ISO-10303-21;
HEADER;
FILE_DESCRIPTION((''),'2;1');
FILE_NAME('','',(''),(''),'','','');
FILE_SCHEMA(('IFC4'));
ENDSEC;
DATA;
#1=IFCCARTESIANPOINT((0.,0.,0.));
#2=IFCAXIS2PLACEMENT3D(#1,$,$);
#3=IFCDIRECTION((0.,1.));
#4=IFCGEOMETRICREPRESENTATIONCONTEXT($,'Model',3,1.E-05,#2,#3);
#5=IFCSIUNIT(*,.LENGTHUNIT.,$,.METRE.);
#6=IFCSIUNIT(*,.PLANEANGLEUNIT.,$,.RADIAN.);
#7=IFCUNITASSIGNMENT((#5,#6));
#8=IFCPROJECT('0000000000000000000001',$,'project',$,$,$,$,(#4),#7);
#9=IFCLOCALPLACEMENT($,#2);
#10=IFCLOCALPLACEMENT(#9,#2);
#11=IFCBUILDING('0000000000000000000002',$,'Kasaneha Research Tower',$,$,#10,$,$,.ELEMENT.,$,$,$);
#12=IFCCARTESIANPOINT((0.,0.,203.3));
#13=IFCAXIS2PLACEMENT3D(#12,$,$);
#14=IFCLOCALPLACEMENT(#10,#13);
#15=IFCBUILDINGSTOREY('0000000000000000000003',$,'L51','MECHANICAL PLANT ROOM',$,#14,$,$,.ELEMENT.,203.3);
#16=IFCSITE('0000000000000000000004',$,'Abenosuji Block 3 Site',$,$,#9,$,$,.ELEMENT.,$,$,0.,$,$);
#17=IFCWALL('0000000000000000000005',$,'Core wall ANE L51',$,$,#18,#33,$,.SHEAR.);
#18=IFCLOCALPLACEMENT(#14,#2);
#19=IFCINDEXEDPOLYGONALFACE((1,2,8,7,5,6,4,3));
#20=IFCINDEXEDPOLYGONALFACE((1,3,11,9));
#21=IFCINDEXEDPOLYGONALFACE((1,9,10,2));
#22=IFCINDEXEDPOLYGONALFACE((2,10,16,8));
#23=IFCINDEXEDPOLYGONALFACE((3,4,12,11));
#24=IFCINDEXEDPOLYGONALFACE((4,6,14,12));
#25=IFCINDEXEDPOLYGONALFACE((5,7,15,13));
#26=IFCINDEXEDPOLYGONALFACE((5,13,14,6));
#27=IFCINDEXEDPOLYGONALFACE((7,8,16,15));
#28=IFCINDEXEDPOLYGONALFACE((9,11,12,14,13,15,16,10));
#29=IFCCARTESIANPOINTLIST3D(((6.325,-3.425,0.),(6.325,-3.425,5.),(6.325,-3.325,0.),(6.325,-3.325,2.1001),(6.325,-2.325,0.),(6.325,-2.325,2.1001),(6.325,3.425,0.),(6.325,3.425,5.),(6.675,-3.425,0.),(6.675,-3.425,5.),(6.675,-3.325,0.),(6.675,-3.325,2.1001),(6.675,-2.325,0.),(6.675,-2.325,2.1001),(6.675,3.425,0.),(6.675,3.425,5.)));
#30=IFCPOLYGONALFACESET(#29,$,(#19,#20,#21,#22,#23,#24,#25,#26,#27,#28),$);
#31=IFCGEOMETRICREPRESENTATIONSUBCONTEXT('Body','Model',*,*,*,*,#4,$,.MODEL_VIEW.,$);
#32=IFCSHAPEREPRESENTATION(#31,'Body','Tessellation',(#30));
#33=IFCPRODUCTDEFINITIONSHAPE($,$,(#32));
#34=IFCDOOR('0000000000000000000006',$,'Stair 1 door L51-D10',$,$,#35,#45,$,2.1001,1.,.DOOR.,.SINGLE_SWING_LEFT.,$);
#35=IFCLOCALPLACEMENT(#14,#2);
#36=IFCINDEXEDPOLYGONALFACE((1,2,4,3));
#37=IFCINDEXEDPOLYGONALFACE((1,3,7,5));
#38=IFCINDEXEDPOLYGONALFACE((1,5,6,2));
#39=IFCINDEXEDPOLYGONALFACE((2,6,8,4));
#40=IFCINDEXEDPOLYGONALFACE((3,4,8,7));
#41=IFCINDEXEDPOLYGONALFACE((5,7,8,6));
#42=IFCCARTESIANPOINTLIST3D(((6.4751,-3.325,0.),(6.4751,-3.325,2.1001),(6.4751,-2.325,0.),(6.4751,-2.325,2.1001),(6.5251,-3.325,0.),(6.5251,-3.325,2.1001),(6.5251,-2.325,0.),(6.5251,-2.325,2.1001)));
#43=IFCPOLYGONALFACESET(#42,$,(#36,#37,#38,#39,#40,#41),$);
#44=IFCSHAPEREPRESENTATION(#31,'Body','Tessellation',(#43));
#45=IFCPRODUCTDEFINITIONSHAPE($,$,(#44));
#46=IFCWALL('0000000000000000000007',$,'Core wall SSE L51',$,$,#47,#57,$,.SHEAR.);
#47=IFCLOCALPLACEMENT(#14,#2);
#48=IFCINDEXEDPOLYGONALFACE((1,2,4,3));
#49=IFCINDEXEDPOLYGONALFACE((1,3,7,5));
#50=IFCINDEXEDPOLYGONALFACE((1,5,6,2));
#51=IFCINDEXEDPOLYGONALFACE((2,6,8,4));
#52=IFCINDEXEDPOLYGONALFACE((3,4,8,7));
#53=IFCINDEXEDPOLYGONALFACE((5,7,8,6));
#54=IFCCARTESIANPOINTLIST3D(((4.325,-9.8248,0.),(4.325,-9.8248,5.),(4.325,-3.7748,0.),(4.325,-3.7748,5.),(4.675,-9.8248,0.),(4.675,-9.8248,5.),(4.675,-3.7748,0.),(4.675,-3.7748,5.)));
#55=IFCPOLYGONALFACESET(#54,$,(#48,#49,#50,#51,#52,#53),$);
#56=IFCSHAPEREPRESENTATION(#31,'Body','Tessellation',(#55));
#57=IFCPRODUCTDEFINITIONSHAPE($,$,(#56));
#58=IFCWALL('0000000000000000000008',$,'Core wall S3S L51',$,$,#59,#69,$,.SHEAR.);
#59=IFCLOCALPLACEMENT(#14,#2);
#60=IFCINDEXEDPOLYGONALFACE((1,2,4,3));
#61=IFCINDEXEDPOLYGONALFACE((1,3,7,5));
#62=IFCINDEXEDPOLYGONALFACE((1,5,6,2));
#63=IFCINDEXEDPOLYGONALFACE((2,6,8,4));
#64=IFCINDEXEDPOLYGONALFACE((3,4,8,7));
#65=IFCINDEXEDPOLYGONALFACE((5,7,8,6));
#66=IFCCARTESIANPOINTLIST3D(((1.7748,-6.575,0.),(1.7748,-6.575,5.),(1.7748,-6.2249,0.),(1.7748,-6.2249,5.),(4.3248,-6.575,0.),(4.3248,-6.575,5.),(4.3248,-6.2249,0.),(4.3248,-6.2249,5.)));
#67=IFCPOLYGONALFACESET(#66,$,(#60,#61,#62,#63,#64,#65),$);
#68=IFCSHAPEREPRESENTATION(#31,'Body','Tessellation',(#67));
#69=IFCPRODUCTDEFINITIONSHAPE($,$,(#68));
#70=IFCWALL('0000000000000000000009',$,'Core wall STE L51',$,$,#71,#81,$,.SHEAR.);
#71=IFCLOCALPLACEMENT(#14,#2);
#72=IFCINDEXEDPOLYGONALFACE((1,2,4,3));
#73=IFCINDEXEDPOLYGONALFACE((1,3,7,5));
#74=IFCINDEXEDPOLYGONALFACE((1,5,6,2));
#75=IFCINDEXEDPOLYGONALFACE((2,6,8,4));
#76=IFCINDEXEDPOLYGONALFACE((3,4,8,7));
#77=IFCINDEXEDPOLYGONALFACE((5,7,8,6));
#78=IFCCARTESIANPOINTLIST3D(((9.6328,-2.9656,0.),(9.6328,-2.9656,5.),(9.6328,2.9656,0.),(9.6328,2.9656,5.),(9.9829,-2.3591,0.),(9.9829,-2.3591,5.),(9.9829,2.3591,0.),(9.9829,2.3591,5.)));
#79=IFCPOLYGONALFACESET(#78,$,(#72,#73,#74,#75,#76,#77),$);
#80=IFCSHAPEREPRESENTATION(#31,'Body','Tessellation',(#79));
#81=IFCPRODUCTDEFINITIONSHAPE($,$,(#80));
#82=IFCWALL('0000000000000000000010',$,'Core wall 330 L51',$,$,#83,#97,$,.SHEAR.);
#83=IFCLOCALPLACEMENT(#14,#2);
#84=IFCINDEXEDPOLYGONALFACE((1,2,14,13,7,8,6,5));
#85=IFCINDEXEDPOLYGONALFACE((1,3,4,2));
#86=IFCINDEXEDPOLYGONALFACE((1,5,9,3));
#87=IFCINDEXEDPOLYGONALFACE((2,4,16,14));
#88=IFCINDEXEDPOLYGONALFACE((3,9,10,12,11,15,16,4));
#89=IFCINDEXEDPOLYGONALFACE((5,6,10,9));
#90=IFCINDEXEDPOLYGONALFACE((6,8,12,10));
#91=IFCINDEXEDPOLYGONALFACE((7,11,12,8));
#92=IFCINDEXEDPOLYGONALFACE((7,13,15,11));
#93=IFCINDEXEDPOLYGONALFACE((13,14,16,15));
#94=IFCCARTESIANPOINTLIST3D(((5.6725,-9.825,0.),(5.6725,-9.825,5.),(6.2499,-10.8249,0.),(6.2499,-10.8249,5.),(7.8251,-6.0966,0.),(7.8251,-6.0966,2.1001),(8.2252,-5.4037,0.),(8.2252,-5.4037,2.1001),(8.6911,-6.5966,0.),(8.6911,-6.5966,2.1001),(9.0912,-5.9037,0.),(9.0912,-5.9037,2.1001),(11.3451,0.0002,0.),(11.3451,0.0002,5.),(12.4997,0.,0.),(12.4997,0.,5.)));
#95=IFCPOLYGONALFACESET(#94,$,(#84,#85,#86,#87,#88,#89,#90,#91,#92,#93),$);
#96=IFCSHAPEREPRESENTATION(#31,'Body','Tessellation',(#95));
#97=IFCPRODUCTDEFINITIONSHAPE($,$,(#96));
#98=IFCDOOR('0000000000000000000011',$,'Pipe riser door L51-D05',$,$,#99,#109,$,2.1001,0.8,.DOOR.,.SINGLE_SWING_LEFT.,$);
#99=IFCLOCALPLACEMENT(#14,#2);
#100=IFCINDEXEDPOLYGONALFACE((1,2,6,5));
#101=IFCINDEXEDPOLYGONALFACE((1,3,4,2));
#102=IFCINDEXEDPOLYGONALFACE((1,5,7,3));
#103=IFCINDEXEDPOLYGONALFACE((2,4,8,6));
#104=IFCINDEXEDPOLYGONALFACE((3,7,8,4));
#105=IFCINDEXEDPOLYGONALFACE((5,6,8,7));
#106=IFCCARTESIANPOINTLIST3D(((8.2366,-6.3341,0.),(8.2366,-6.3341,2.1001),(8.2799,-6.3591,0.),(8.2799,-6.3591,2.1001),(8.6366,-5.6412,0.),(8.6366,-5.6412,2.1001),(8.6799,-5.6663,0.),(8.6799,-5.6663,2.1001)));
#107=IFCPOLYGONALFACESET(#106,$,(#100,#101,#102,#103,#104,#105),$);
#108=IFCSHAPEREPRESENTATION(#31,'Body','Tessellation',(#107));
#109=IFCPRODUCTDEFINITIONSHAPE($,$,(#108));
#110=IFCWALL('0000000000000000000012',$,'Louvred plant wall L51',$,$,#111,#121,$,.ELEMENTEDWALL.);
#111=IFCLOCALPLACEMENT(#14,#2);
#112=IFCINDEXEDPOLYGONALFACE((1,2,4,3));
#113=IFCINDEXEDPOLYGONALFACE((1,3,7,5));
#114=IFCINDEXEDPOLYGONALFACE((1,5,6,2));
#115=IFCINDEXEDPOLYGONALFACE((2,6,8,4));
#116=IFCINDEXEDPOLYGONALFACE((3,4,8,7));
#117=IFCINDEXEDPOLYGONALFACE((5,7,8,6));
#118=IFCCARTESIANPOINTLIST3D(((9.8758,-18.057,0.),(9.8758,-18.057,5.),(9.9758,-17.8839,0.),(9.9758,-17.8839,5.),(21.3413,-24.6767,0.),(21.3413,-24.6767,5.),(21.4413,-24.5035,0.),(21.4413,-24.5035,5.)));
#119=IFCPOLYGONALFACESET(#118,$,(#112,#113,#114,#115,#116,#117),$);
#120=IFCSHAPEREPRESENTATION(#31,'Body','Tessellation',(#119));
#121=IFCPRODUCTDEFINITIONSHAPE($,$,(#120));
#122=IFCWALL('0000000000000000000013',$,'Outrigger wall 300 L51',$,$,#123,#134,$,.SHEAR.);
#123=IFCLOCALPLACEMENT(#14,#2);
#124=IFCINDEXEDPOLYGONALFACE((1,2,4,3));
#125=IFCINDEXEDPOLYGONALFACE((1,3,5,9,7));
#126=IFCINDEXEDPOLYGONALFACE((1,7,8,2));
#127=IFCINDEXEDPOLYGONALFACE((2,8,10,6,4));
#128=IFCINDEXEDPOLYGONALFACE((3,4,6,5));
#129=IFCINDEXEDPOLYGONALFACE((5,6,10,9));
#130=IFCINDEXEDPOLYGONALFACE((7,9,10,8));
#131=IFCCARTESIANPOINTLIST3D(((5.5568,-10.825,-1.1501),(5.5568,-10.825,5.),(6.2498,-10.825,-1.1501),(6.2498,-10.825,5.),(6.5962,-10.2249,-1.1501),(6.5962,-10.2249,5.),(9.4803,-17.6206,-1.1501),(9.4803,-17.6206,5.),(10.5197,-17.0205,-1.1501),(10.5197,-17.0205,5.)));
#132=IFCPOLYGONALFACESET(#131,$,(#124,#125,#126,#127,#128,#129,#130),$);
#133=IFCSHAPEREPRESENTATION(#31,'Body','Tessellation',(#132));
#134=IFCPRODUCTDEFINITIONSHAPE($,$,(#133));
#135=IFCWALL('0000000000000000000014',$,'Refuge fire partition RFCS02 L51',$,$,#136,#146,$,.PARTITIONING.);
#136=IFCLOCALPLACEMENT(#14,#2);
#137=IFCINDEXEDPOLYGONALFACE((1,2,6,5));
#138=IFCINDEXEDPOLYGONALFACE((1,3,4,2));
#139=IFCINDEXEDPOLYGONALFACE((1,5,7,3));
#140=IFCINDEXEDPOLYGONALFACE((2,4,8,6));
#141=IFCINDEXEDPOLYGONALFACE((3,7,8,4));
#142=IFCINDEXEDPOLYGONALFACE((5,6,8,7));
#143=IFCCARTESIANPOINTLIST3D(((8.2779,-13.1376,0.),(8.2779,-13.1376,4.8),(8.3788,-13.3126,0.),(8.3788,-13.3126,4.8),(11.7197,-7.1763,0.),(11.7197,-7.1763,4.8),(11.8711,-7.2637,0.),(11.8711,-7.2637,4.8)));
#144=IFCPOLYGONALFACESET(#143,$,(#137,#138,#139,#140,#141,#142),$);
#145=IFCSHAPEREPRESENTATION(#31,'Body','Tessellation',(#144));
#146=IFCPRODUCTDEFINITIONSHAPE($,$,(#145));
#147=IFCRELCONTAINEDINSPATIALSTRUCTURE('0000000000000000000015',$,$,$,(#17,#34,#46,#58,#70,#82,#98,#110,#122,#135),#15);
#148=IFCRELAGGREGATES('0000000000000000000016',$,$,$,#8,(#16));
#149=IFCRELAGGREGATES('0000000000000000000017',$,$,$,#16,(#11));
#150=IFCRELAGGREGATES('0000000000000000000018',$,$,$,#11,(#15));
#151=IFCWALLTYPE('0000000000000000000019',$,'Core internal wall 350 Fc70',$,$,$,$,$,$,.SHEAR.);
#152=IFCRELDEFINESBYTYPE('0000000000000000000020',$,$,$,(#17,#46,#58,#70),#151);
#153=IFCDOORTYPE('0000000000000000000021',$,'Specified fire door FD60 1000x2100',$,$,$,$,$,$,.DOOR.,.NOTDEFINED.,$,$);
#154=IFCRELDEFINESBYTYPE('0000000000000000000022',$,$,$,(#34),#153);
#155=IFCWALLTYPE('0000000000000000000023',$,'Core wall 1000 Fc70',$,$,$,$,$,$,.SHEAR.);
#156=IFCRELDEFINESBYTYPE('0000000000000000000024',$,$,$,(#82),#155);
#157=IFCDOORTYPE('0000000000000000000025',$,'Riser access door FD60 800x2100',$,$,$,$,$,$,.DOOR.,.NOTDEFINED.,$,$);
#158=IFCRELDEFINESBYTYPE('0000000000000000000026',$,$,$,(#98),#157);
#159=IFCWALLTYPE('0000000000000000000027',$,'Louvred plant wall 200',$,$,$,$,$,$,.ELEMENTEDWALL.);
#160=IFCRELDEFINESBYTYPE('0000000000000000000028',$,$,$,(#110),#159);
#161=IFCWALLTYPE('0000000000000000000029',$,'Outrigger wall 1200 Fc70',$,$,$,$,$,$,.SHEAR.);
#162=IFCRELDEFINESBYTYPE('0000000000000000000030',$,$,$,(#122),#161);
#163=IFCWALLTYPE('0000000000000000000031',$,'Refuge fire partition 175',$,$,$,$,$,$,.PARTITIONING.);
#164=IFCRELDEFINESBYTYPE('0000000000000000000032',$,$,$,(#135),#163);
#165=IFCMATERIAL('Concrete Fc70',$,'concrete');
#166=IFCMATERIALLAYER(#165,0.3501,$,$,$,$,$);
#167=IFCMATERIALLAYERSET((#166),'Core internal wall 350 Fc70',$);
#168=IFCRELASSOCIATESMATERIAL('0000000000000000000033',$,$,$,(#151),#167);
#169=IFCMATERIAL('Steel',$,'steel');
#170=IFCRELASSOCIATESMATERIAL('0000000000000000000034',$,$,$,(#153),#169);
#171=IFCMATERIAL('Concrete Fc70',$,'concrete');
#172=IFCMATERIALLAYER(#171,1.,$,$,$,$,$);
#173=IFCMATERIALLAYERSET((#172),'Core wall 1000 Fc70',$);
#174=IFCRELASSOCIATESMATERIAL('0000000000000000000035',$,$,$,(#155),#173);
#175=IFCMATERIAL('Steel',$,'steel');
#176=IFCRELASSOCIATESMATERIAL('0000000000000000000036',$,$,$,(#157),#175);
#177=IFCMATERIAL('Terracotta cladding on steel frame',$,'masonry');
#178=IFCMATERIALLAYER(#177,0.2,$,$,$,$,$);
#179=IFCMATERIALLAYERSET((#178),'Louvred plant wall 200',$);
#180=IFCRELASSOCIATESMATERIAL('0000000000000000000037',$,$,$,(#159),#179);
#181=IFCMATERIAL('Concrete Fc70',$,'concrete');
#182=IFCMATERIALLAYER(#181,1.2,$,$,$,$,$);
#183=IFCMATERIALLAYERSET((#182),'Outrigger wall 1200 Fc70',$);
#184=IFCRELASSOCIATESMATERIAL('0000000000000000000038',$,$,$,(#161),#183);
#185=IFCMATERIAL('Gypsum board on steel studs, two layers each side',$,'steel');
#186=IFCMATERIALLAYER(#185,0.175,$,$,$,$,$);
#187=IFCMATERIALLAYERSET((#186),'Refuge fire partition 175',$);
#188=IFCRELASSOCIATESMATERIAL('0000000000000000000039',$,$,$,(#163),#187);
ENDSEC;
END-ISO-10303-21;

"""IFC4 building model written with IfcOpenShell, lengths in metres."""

from ifc_helpers import new_model, si_unit, direction, frame, frame_2d, origin, place, context, subcontext, project, spatial, polyline, rectangle, outline, extrude, material, layer, layer_set, type_object, element, fill, save


model = new_model("IFC4")

# Units and contexts
model_context = context("Model", 3, precision=1e-05, world=origin(), true_north=direction((0.0, 1.0)))
body_context = subcontext(model_context, "Body", "Model", "MODEL_VIEW")
ifc_project = project(units=[si_unit("LENGTHUNIT", "METRE"), si_unit("PLANEANGLEUNIT", "RADIAN")], contexts=[model_context])

# Site, building, storey
site_placement = place(None, origin())
site = spatial("IfcSite", under=ifc_project, at=site_placement, Name="Abenosuji Block 3 Site", CompositionType="ELEMENT", RefElevation=0.0)
building_placement = place(site_placement, origin())
building = spatial("IfcBuilding", under=site, at=building_placement, Name="Kasaneha Research Tower", CompositionType="ELEMENT")
storey_placement = place(building_placement, frame((0.0, 0.0, 203.3)))
storey = spatial("IfcBuildingStorey", under=building, at=storey_placement, Name="L51", Description="MECHANICAL PLANT ROOM", CompositionType="ELEMENT", Elevation=203.3)

# Shared definitions
ifc_material_1 = material(Name="Concrete Fc70", Category="concrete")
ifc_layer_1 = layer(ifc_material_1, 0.3501)
ifc_layer_set_1 = layer_set([ifc_layer_1], Name="Core internal wall 350 Fc70")
wall_type_1 = type_object("IfcWallType", Name="Core internal wall 350 Fc70", PredefinedType="SHEAR", material=ifc_layer_set_1)

# Wall, opening, door
ifc_material_2 = material(Name="Steel", Category="steel")
door_type_1 = type_object("IfcDoorType", Name="Specified fire door FD60 1000x2100", OperationType="NOTDEFINED", PredefinedType="DOOR", material=ifc_material_2)
wall_1_placement = place(storey_placement, frame((6.5, -3.425, 0.0), z_axis=(0.0, 0.0, 1.0), x_axis=(0.0, 1.0, 0.0)))
wall_1 = element("IfcWall", 1, at=wall_1_placement, inside=storey, type_object=wall_type_1, Name="Core wall ANE L51", PredefinedType="SHEAR", context=body_context, shape_type="SweptSolid", body=[
    extrude(rectangle(XDim=6.8501, YDim=0.3501, at=frame_2d((3.425, 0.0))), origin(), (0.0, 0.0, 1.0), 5.0),
])
opening_1_placement = place(wall_1_placement, frame((0.1001, 0.0, 0.0)))
opening_1 = element("IfcOpeningElement", 2, at=opening_1_placement, cuts=wall_1, PredefinedType="OPENING", context=body_context, shape_type="SweptSolid", body=[
    extrude(rectangle(XDim=1.0, YDim=2.1001, at=frame_2d((0.5, 1.05))), frame((0.0, 0.1851, 0.0), z_axis=(0.0, -1.0, 0.0), x_axis=(1.0, 0.0, 0.0)), (0.0, 0.0, 1.0), 0.3701),
])
door_1_placement = place(opening_1_placement, origin())
door_1 = element("IfcDoor", 3, at=door_1_placement, inside=storey, type_object=door_type_1, Name="Stair 1 door L51-D10", OperationType="SINGLE_SWING_LEFT", OverallHeight=2.1001, OverallWidth=1.0, PredefinedType="DOOR", context=body_context, shape_type="SweptSolid", body=[
    extrude(rectangle(XDim=1.0, YDim=2.1001, at=frame_2d((0.5, 1.05))), frame((0.0, 0.0249, 0.0), z_axis=(0.0, -1.0, 0.0), x_axis=(1.0, 0.0, 0.0)), (0.0, 0.0, 1.0), 0.05),
])
fill(opening_1, door_1)

# Walls
wall_2_placement = place(storey_placement, frame((4.5, -3.7749, 0.0), z_axis=(0.0, 0.0, 1.0), x_axis=(0.0, -1.0, 0.0)))
element("IfcWall", 4, at=wall_2_placement, inside=storey, type_object=wall_type_1, Name="Core wall SSE L51", PredefinedType="SHEAR", context=body_context, shape_type="SweptSolid", body=[
    extrude(rectangle(XDim=6.05, YDim=0.3501, at=frame_2d((3.0249, 0.0))), origin(), (0.0, 0.0, 1.0), 5.0),
])
wall_3_placement = place(storey_placement, frame((1.7749, -6.3999, 0.0), z_axis=(0.0, 0.0, 1.0), x_axis=(1.0, 0.0, 0.0)))
element("IfcWall", 5, at=wall_3_placement, inside=storey, type_object=wall_type_1, Name="Core wall S3S L51", PredefinedType="SHEAR", context=body_context, shape_type="SweptSolid", body=[
    extrude(rectangle(XDim=2.55, YDim=0.3501, at=frame_2d((1.2749, 0.0))), origin(), (0.0, 0.0, 1.0), 5.0),
])
wall_4_placement = place(storey_placement, frame((9.8079, -2.6624, 0.0), z_axis=(0.0, 0.0, 1.0), x_axis=(0.0, 1.0, 0.0)))
element("IfcWall", 6, at=wall_4_placement, inside=storey, type_object=wall_type_1, Name="Core wall STE L51", PredefinedType="SHEAR", context=body_context, shape_type="SweptSolid", body=[
    extrude(outline(polyline([(0.3032, -0.175), (5.0215, -0.175), (5.6279, 0.175), (-0.3032, 0.175), (0.3032, -0.175)])), origin(), (0.0, 0.0, 1.0), 5.0),
])

# Wall, opening, door
ifc_material_3 = material(Name="Concrete Fc70", Category="concrete")
ifc_layer_2 = layer(ifc_material_3, 1.0)
ifc_layer_set_2 = layer_set([ifc_layer_2], Name="Core wall 1000 Fc70")
wall_type_2 = type_object("IfcWallType", Name="Core wall 1000 Fc70", PredefinedType="SHEAR", material=ifc_layer_set_2)
wall_5_placement = place(storey_placement, frame((5.9612, -10.325, 0.0), z_axis=(0.0, 0.0, 1.0), x_axis=(0.500004, 0.866023, 0.0)))
wall_5 = element("IfcWall", 7, at=wall_5_placement, inside=storey, type_object=wall_type_2, Name="Core wall 330 L51", PredefinedType="SHEAR", context=body_context, shape_type="SweptSolid", body=[
    extrude(outline(polyline([(-0.2886, -0.5), (4.594, -0.5), (5.394, -0.5), (12.2109, -0.5), (11.6338, 0.5), (5.394, 0.5), (4.594, 0.5), (0.2886, 0.5), (-0.2886, -0.5)])), origin(), (0.0, 0.0, 1.0), 5.0),
])
opening_2_placement = place(wall_5_placement, frame((4.594, 0.0, 0.0)))
opening_2 = element("IfcOpeningElement", 8, at=opening_2_placement, cuts=wall_5, PredefinedType="OPENING", context=body_context, shape_type="SweptSolid", body=[
    extrude(rectangle(XDim=0.8, YDim=2.1001, at=frame_2d((0.3999, 1.05))), frame((0.0, 0.51, 0.0), z_axis=(0.0, -1.0, 0.0), x_axis=(1.0, 0.0, 0.0)), (0.0, 0.0, 1.0), 1.02),
])
ifc_material_4 = material(Name="Steel", Category="steel")
door_type_2 = type_object("IfcDoorType", Name="Riser access door FD60 800x2100", OperationType="NOTDEFINED", PredefinedType="DOOR", material=ifc_material_4)
door_2_placement = place(opening_2_placement, origin())
door_2 = element("IfcDoor", 9, at=door_2_placement, inside=storey, type_object=door_type_2, Name="Pipe riser door L51-D05", OperationType="SINGLE_SWING_LEFT", OverallHeight=2.1001, OverallWidth=0.8, PredefinedType="DOOR", context=body_context, shape_type="SweptSolid", body=[
    extrude(rectangle(XDim=0.8, YDim=2.1001, at=frame_2d((0.3999, 1.05))), frame((0.0, 0.0249, 0.0), z_axis=(0.0, -1.0, 0.0), x_axis=(1.0, 0.0, 0.0)), (0.0, 0.0, 1.0), 0.05),
])
fill(opening_2, door_2)

# Walls
ifc_material_5 = material(Name="Terracotta cladding on steel frame", Category="masonry")
ifc_layer_3 = layer(ifc_material_5, 0.2)
ifc_layer_set_3 = layer_set([ifc_layer_3], Name="Louvred plant wall 200")
wall_type_3 = type_object("IfcWallType", Name="Louvred plant wall 200", PredefinedType="ELEMENTEDWALL", material=ifc_layer_set_3)
wall_6_placement = place(storey_placement, frame((9.9258, -17.9705, 0.0), z_axis=(0.0, 0.0, 1.0), x_axis=(0.866026, -0.499999, 0.0)))
element("IfcWall", 10, at=wall_6_placement, inside=storey, type_object=wall_type_3, Name="Louvred plant wall L51", PredefinedType="ELEMENTEDWALL", context=body_context, shape_type="SweptSolid", body=[
    extrude(rectangle(XDim=13.2393, YDim=0.2, at=frame_2d((6.6196, 0.0))), origin(), (0.0, 0.0, 1.0), 5.0),
])
ifc_material_6 = material(Name="Concrete Fc70", Category="concrete")
ifc_layer_4 = layer(ifc_material_6, 1.2)
ifc_layer_set_4 = layer_set([ifc_layer_4], Name="Outrigger wall 1200 Fc70")
wall_type_4 = type_object("IfcWallType", Name="Outrigger wall 1200 Fc70", PredefinedType="SHEAR", material=ifc_layer_set_4)
wall_7_placement = place(storey_placement, frame((6.2498, -10.825, -1.1501), z_axis=(0.0, 0.0, 1.0), x_axis=(0.5, -0.866025, 0.0)))
element("IfcWall", 11, at=wall_7_placement, inside=storey, type_object=wall_type_4, Name="Outrigger wall 300 L51", PredefinedType="SHEAR", context=body_context, shape_type="SweptSolid", body=[
    extrude(outline(polyline([(-0.3464, -0.6001), (7.5005, -0.6001), (7.5005, 0.6001), (-0.3464, 0.6001), (0.0, 0.0), (-0.3464, -0.6001)])), origin(), (0.0, 0.0, 1.0), 6.1501),
])
ifc_material_7 = material(Name="Gypsum board on steel studs, two layers each side", Category="steel")
ifc_layer_5 = layer(ifc_material_7, 0.175)
ifc_layer_set_5 = layer_set([ifc_layer_5], Name="Refuge fire partition 175")
wall_type_5 = type_object("IfcWallType", Name="Refuge fire partition 175", PredefinedType="PARTITIONING", material=ifc_layer_set_5)
wall_8_placement = place(storey_placement, frame((8.3284, -13.2251, 0.0), z_axis=(0.0, 0.0, 1.0), x_axis=(0.499998, 0.866027, 0.0)))
element("IfcWall", 12, at=wall_8_placement, inside=storey, type_object=wall_type_5, Name="Refuge fire partition RFCS02 L51", PredefinedType="PARTITIONING", context=body_context, shape_type="SweptSolid", body=[
    extrude(outline(polyline([(-0.0505, -0.0874), (6.9341, -0.0874), (6.9341, 0.0874), (0.0505, 0.0874), (-0.0505, -0.0874)])), origin(), (0.0, 0.0, 1.0), 4.8),
])

save(model, "model.ifc")
